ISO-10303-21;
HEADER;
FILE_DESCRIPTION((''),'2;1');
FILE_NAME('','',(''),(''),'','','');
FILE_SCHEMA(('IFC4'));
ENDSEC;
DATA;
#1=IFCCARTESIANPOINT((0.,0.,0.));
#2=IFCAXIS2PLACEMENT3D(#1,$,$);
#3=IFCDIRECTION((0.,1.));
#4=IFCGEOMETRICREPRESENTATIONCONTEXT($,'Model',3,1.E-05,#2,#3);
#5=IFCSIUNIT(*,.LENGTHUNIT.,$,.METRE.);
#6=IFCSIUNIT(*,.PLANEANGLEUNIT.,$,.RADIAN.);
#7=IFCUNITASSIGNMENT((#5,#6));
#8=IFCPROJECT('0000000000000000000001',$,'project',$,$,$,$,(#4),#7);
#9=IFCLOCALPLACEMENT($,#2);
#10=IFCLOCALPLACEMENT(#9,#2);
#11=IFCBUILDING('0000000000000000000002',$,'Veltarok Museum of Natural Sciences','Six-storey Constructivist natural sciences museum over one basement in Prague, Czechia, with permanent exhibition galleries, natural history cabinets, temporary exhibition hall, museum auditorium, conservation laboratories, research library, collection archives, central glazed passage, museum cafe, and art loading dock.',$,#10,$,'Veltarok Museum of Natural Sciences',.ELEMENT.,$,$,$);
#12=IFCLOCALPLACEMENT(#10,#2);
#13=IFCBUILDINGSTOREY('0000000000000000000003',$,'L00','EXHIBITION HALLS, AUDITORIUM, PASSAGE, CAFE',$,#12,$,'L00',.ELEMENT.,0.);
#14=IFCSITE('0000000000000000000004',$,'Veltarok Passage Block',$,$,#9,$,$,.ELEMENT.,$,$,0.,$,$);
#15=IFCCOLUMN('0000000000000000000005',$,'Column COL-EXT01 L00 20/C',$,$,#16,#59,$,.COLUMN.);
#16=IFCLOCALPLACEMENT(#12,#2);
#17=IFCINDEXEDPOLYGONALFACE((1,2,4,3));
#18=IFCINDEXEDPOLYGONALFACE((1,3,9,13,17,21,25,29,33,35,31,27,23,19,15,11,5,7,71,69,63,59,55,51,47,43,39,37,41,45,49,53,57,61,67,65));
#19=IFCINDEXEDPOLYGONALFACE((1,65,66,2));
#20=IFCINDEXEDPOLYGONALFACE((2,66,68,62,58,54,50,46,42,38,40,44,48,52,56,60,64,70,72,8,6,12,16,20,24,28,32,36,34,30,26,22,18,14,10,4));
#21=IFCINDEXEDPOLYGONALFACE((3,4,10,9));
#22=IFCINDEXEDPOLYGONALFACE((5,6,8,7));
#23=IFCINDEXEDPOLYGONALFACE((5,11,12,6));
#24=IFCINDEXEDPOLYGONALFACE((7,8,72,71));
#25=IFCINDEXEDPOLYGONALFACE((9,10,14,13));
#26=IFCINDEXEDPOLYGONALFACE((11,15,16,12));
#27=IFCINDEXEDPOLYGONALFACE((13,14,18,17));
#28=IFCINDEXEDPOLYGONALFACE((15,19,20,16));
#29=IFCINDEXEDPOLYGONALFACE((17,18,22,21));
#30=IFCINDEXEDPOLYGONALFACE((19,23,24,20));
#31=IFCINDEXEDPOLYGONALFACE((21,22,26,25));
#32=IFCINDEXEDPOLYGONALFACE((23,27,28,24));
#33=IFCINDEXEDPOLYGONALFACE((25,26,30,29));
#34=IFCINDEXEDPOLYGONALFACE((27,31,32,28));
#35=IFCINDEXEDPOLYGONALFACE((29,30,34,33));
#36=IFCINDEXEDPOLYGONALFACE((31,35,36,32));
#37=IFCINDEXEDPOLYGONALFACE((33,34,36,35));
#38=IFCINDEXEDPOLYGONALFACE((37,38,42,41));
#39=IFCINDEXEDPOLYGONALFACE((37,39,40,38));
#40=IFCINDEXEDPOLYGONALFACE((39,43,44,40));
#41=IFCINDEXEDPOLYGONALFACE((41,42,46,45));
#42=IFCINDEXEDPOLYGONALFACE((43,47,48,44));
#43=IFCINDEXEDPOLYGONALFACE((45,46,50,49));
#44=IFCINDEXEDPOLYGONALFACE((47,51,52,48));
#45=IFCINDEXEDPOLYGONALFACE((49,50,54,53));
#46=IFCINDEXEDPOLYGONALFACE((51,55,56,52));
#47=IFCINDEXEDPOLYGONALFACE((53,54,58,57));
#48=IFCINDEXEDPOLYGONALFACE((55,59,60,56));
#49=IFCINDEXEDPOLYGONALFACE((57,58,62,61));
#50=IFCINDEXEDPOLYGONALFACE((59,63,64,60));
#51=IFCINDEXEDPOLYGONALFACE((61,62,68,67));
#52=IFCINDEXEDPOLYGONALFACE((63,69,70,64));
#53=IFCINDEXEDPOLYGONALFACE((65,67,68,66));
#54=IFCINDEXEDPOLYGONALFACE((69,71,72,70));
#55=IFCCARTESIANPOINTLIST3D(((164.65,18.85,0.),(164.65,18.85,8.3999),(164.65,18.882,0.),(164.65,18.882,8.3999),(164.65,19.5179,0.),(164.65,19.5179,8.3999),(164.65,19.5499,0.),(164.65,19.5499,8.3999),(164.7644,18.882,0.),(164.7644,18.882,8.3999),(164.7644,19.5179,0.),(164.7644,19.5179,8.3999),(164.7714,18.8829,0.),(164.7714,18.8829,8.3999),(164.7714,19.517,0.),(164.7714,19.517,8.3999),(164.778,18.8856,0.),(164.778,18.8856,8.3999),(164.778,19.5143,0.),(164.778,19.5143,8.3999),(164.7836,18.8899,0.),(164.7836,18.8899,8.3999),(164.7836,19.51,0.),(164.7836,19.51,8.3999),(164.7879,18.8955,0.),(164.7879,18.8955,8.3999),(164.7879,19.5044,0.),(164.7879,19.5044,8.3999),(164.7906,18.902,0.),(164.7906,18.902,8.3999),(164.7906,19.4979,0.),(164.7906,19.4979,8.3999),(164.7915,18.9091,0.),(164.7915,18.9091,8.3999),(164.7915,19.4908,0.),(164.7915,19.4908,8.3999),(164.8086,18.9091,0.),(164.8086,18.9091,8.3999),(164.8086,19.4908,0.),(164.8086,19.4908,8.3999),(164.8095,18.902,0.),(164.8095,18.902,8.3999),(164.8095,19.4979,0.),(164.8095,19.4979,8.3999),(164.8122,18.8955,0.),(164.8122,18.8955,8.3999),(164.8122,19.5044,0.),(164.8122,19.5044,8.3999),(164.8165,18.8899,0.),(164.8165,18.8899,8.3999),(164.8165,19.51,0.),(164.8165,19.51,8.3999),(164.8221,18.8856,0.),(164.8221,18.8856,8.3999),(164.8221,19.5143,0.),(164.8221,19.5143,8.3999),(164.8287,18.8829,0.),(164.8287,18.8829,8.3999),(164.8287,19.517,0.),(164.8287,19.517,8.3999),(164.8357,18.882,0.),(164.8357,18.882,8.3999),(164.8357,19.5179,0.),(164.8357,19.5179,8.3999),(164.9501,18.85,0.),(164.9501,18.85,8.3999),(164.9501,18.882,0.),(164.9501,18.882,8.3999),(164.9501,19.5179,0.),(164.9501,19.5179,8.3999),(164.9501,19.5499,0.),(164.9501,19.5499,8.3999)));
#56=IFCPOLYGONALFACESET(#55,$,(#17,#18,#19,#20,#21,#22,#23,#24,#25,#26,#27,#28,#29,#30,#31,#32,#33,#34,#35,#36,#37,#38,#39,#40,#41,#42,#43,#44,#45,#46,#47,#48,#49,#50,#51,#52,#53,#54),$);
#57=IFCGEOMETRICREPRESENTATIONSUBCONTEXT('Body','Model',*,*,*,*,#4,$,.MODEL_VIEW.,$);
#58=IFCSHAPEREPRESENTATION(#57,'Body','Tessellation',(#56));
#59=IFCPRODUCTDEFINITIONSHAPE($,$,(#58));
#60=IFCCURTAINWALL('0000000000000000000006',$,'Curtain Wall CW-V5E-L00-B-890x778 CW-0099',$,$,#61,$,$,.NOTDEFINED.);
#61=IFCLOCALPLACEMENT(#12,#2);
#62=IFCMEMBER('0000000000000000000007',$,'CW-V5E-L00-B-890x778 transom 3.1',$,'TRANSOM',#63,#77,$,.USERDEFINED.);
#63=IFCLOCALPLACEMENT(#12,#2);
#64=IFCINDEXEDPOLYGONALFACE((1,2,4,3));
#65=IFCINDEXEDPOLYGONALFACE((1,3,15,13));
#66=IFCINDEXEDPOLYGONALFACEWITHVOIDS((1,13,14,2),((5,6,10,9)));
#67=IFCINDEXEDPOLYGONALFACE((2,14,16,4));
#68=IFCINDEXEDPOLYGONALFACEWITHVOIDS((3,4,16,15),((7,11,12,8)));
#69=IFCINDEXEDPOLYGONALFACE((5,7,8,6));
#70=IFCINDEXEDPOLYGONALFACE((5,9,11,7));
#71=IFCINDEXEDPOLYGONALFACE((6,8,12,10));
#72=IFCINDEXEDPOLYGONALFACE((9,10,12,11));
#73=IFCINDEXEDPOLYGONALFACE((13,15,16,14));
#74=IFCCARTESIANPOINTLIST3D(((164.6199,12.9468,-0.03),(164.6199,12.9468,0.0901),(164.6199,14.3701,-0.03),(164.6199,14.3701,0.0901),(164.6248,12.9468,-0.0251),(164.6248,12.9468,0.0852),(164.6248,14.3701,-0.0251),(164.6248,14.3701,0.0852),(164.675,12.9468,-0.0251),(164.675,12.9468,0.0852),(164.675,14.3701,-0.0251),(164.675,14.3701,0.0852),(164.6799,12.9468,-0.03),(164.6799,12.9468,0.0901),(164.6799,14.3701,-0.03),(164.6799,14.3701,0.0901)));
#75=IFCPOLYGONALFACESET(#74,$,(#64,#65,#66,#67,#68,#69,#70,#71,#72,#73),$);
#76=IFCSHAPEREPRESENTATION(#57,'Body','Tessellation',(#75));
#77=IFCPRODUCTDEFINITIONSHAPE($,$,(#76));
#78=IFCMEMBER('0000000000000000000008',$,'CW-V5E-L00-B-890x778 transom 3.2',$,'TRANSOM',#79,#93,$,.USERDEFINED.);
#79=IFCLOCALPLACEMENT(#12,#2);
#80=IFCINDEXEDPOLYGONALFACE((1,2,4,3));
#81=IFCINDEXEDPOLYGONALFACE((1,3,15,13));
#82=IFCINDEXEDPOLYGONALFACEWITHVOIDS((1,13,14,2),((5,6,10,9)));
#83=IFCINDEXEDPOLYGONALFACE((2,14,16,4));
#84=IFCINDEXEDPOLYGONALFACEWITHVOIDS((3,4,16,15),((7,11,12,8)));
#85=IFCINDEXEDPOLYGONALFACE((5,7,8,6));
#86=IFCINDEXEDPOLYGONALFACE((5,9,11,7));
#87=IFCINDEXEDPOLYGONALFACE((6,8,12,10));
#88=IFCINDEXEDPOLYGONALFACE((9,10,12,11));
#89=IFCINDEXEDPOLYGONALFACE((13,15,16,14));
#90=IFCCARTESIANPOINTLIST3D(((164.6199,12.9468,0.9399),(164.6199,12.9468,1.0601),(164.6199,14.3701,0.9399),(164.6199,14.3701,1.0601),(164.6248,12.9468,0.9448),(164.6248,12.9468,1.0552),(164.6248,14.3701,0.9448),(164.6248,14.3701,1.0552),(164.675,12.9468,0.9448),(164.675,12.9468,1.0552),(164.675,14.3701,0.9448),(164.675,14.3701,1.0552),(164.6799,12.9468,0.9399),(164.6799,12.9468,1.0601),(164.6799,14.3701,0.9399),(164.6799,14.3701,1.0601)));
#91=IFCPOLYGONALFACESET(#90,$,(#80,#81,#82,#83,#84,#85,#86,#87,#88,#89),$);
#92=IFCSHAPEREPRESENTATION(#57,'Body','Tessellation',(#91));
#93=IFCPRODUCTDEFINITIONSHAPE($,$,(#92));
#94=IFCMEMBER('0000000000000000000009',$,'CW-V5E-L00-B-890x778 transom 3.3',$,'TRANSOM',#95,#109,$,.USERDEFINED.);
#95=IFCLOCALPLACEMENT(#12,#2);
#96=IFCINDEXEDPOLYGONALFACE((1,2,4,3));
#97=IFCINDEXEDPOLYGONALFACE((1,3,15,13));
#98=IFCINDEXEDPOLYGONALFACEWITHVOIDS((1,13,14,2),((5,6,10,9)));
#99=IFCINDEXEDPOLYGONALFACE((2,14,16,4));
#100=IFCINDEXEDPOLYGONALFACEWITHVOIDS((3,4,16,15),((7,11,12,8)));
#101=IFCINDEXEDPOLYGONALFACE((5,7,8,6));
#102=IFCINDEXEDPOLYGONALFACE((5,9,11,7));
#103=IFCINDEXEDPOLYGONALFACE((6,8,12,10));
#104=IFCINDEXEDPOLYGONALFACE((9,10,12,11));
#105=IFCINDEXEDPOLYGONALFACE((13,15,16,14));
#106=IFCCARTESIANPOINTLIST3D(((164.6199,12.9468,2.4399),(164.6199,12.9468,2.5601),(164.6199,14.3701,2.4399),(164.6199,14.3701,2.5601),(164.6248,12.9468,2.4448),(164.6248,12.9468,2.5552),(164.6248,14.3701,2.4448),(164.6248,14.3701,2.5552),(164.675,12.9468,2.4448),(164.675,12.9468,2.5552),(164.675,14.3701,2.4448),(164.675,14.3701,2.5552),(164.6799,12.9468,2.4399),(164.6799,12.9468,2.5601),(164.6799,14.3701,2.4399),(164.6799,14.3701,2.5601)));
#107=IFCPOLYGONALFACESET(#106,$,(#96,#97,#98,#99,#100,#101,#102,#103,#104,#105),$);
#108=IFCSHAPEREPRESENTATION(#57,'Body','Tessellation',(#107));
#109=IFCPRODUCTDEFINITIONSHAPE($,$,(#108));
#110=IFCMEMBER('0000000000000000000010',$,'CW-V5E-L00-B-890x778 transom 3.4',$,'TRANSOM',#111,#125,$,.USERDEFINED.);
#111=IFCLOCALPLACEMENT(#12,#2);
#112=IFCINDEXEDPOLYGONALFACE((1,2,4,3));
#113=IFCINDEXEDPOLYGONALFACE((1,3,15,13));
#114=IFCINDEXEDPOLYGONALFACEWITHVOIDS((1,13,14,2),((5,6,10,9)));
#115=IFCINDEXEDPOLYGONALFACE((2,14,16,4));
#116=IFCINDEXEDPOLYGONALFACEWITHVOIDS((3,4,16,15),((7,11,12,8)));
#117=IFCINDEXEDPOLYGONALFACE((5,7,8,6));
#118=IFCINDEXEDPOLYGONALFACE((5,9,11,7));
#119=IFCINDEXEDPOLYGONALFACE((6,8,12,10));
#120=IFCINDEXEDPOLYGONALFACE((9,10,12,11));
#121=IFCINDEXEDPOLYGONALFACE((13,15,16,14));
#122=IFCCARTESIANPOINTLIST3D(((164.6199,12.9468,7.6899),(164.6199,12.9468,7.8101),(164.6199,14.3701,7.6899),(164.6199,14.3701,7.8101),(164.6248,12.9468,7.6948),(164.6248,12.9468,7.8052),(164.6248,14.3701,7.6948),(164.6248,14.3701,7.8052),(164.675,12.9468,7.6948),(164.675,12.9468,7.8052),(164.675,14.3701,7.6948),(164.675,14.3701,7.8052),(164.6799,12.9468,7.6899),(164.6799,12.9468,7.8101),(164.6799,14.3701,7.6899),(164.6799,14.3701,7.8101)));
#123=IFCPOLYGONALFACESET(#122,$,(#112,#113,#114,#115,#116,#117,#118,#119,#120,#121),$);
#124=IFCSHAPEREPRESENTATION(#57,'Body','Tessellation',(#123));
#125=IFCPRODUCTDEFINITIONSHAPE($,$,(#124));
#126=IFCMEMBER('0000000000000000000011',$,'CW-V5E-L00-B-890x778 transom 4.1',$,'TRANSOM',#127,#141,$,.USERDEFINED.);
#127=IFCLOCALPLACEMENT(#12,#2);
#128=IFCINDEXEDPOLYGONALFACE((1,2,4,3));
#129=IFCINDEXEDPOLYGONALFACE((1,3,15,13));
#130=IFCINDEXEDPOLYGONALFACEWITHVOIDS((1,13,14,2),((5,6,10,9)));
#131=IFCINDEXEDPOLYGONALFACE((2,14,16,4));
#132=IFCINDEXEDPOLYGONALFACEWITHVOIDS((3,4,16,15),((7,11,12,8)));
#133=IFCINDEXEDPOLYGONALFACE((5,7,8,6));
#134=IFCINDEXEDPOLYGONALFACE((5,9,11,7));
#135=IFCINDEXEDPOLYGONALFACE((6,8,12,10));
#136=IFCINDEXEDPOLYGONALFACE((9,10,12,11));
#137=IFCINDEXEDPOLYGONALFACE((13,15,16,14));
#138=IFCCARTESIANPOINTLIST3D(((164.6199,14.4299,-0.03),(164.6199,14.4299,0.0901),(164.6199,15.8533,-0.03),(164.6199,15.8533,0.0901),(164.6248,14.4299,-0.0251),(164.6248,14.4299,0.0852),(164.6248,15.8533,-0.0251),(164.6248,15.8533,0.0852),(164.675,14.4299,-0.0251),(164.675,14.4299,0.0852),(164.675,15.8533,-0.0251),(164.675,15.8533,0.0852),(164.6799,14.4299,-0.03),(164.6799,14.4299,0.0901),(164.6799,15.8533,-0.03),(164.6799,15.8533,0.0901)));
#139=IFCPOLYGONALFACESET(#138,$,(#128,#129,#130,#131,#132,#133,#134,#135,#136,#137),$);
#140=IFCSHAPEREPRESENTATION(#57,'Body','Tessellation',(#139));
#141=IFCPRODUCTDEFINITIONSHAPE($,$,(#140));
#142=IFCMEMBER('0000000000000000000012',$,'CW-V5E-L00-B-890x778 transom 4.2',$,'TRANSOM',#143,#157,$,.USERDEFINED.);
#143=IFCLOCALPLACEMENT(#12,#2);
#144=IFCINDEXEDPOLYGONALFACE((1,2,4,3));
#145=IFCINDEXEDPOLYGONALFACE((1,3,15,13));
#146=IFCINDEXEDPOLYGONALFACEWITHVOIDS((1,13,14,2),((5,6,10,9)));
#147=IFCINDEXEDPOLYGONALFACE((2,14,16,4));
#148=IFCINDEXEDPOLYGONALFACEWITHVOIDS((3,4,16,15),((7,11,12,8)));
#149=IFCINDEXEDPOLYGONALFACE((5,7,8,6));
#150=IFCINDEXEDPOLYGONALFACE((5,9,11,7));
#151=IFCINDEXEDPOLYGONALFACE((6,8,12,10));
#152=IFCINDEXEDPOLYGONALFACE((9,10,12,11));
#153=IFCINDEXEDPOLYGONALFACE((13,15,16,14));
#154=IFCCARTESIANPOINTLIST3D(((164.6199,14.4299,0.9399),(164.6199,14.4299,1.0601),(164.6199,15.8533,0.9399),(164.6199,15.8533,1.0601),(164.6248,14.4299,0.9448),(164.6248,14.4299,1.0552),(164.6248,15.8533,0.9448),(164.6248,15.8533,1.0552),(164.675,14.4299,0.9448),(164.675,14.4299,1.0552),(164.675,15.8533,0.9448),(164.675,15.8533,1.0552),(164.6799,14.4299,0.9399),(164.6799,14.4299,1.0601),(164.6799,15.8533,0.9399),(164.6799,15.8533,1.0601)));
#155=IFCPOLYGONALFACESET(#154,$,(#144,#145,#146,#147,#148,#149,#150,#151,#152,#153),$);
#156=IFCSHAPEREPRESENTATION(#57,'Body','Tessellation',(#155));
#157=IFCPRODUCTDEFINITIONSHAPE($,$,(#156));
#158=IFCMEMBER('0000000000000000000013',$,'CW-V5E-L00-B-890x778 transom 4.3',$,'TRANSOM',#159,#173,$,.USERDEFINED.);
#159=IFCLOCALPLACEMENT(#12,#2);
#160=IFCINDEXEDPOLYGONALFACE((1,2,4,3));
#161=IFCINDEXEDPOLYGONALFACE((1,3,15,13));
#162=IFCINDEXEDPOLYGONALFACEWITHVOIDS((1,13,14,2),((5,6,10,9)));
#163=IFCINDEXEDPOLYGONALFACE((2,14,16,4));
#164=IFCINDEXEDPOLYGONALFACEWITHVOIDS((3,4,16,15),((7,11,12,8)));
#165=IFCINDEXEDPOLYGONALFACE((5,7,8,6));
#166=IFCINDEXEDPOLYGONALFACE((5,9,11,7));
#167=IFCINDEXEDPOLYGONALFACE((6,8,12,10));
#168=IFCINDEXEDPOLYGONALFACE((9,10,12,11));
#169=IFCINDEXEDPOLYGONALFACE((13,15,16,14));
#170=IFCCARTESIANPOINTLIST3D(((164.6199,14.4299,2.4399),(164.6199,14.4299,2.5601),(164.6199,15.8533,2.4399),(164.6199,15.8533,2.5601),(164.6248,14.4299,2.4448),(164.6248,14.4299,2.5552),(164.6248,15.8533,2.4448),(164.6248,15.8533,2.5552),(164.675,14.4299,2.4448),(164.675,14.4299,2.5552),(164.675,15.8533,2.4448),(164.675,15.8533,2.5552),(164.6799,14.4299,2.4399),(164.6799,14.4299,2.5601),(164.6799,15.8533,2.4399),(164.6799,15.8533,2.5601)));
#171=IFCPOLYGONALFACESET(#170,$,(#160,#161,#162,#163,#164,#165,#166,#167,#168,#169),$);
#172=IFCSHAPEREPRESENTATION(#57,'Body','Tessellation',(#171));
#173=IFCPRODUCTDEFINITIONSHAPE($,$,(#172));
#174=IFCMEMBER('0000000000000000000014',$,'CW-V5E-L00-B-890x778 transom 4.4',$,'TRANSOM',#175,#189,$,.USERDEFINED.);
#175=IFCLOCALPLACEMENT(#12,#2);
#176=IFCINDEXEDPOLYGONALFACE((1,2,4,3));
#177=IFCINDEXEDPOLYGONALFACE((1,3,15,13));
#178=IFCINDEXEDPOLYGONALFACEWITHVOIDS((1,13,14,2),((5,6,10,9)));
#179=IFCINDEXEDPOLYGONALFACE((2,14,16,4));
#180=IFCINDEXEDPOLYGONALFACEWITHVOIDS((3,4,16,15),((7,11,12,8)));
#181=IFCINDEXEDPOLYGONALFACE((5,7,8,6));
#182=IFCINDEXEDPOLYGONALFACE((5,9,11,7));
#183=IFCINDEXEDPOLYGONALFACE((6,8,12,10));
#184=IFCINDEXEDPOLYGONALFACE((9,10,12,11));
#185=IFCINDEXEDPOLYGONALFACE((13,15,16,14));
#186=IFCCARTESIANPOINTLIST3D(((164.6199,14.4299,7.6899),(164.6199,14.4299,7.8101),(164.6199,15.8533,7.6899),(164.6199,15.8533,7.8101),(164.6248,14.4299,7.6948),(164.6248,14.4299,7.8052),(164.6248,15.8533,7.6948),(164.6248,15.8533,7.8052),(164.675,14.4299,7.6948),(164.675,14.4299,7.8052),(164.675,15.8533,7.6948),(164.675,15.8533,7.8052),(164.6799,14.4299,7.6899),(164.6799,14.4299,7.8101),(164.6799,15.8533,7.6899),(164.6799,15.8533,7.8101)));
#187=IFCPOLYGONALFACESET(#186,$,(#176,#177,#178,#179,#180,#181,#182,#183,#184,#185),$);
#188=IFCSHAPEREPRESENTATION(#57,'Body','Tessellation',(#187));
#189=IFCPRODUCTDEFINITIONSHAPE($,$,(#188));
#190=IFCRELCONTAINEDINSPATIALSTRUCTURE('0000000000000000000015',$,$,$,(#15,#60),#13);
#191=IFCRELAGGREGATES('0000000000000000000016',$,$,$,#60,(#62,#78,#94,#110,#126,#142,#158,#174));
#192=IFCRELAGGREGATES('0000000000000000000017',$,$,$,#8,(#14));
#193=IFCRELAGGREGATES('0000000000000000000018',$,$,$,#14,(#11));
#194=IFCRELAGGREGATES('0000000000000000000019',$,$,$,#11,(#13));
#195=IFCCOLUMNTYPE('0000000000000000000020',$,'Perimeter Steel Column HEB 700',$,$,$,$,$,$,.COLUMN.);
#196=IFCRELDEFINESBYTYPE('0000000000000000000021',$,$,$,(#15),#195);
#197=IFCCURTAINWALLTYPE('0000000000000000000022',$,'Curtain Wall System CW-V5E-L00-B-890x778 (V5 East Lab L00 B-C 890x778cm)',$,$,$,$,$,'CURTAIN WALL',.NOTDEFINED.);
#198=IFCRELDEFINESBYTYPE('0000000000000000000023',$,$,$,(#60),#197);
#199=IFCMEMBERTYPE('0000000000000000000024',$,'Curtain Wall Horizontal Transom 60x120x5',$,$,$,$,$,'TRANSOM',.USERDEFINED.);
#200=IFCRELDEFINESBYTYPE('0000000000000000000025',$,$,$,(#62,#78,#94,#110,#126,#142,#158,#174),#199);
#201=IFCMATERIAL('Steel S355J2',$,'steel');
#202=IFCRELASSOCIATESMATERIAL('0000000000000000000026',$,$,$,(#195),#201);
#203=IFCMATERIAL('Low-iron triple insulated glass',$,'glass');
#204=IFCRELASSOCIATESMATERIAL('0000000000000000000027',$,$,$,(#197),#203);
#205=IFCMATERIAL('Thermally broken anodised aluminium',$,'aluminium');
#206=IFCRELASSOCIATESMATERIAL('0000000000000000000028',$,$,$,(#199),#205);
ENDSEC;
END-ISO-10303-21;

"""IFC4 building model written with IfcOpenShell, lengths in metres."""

from ifc_helpers import new_model, si_unit, direction, frame, origin, origin_2d, place, context, subcontext, project, spatial, hollow_rectangle, i_section, extrude, material, material_profile, profile_set, type_object, element, aggregate, save


model = new_model("IFC4")

# Units and contexts
model_context = context("Model", 3, precision=1e-05, world=origin(), true_north=direction((0.0, 1.0)))
body_context = subcontext(model_context, "Body", "Model", "MODEL_VIEW")
ifc_project = project(units=[si_unit("LENGTHUNIT", "METRE"), si_unit("PLANEANGLEUNIT", "RADIAN")], contexts=[model_context])

# Site, building, storey
site_placement = place(None, origin())
site = spatial("IfcSite", under=ifc_project, at=site_placement, Name="Veltarok Passage Block", CompositionType="ELEMENT", RefElevation=0.0)
building_placement = place(site_placement, origin())
building = spatial("IfcBuilding", under=site, at=building_placement, Name="Veltarok Museum of Natural Sciences", Description="Six-storey Constructivist natural sciences museum over one basement in Prague, Czechia, with permanent exhibition galleries, natural history cabinets, temporary exhibition hall, museum auditorium, conservation laboratories, research library, collection archives, central glazed passage, museum cafe, and art loading dock.", LongName="Veltarok Museum of Natural Sciences", CompositionType="ELEMENT")
storey_placement = place(building_placement, origin())
storey = spatial("IfcBuildingStorey", under=building, at=storey_placement, Name="L00", Description="EXHIBITION HALLS, AUDITORIUM, PASSAGE, CAFE", LongName="L00", CompositionType="ELEMENT", Elevation=0.0)

# Column
ifc_material_1 = material(Name="Steel S355J2", Category="steel")
ifc_material_profile_1 = material_profile(ifc_material_1, i_section(OverallWidth=0.3, OverallDepth=0.7, WebThickness=0.0171, FlangeThickness=0.032, FilletRadius=0.0271, at=origin_2d()), Name="HEB 700")
ifc_profile_set_1 = profile_set([ifc_material_profile_1], Name="Steel S355J2")
column_type = type_object("IfcColumnType", Name="Perimeter Steel Column HEB 700", PredefinedType="COLUMN", material=ifc_profile_set_1)
column_placement = place(storey_placement, frame((164.8, 19.2, 0.0), z_axis=(0.0, 0.0, 1.0), x_axis=(1.0, 0.0, 0.0)))
element("IfcColumn", 1, at=column_placement, inside=storey, type_object=column_type, Name="Column COL-EXT01 L00 20/C", PredefinedType="COLUMN", context=body_context, shape_type="SweptSolid", body=[
    extrude(i_section(OverallWidth=0.3, OverallDepth=0.7, WebThickness=0.0171, FlangeThickness=0.032, FilletRadius=0.0271, at=origin_2d()), origin(), (0.0, 0.0, 1.0), 8.3999),
])

# Curtain wall, members
ifc_material_2 = material(Name="Low-iron triple insulated glass", Category="glass")
curtain_wall_type = type_object("IfcCurtainWallType", Name="Curtain Wall System CW-V5E-L00-B-890x778 (V5 East Lab L00 B-C 890x778cm)", ElementType="CURTAIN WALL", PredefinedType="NOTDEFINED", material=ifc_material_2)
curtain_wall_placement = place(storey_placement, origin())
curtain_wall = element("IfcCurtainWall", 2, at=curtain_wall_placement, inside=storey, type_object=curtain_wall_type, Name="Curtain Wall CW-V5E-L00-B-890x778 CW-0099", PredefinedType="NOTDEFINED")
ifc_material_3 = material(Name="Thermally broken anodised aluminium", Category="aluminium")
ifc_material_profile_2 = material_profile(ifc_material_3, hollow_rectangle(XDim=0.0601, YDim=0.1201, WallThickness=0.0049, at=origin_2d()), Name="CW TRANSOM 60x120x5")
ifc_profile_set_2 = profile_set([ifc_material_profile_2], Name="Thermally broken anodised aluminium")
member_type_1 = type_object("IfcMemberType", Name="Curtain Wall Horizontal Transom 60x120x5", ElementType="TRANSOM", PredefinedType="USERDEFINED", material=ifc_profile_set_2)
member_1_placement = place(storey_placement, frame((164.6499, 12.9468, 0.03), z_axis=(0.0, 1.0, 0.0), x_axis=(-1.0, 0.0, 0.0)))
member_1 = element("IfcMember", 3, at=member_1_placement, type_object=member_type_1, Name="CW-V5E-L00-B-890x778 transom 3.1", ObjectType="TRANSOM", PredefinedType="USERDEFINED", context=body_context, shape_type="SweptSolid", body=[
    extrude(hollow_rectangle(XDim=0.0601, YDim=0.1201, WallThickness=0.0049, at=origin_2d()), origin(), (0.0, 0.0, 1.0), 1.4233),
])
member_2_placement = place(storey_placement, frame((164.6499, 12.9468, 1.0), z_axis=(0.0, 1.0, 0.0), x_axis=(-1.0, 0.0, 0.0)))
member_2 = element("IfcMember", 4, at=member_2_placement, type_object=member_type_1, Name="CW-V5E-L00-B-890x778 transom 3.2", ObjectType="TRANSOM", PredefinedType="USERDEFINED", context=body_context, shape_type="SweptSolid", body=[
    extrude(hollow_rectangle(XDim=0.0601, YDim=0.1201, WallThickness=0.0049, at=origin_2d()), origin(), (0.0, 0.0, 1.0), 1.4233),
])
member_3_placement = place(storey_placement, frame((164.6499, 12.9468, 2.5), z_axis=(0.0, 1.0, 0.0), x_axis=(-1.0, 0.0, 0.0)))
member_3 = element("IfcMember", 5, at=member_3_placement, type_object=member_type_1, Name="CW-V5E-L00-B-890x778 transom 3.3", ObjectType="TRANSOM", PredefinedType="USERDEFINED", context=body_context, shape_type="SweptSolid", body=[
    extrude(hollow_rectangle(XDim=0.0601, YDim=0.1201, WallThickness=0.0049, at=origin_2d()), origin(), (0.0, 0.0, 1.0), 1.4233),
])
member_4_placement = place(storey_placement, frame((164.6499, 12.9468, 7.75), z_axis=(0.0, 1.0, 0.0), x_axis=(-1.0, 0.0, 0.0)))
member_4 = element("IfcMember", 6, at=member_4_placement, type_object=member_type_1, Name="CW-V5E-L00-B-890x778 transom 3.4", ObjectType="TRANSOM", PredefinedType="USERDEFINED", context=body_context, shape_type="SweptSolid", body=[
    extrude(hollow_rectangle(XDim=0.0601, YDim=0.1201, WallThickness=0.0049, at=origin_2d()), origin(), (0.0, 0.0, 1.0), 1.4233),
])
member_5_placement = place(storey_placement, frame((164.6499, 14.4299, 0.03), z_axis=(0.0, 1.0, 0.0), x_axis=(-1.0, 0.0, 0.0)))
member_5 = element("IfcMember", 7, at=member_5_placement, type_object=member_type_1, Name="CW-V5E-L00-B-890x778 transom 4.1", ObjectType="TRANSOM", PredefinedType="USERDEFINED", context=body_context, shape_type="SweptSolid", body=[
    extrude(hollow_rectangle(XDim=0.0601, YDim=0.1201, WallThickness=0.0049, at=origin_2d()), origin(), (0.0, 0.0, 1.0), 1.4233),
])
member_6_placement = place(storey_placement, frame((164.6499, 14.4299, 1.0), z_axis=(0.0, 1.0, 0.0), x_axis=(-1.0, 0.0, 0.0)))
member_6 = element("IfcMember", 8, at=member_6_placement, type_object=member_type_1, Name="CW-V5E-L00-B-890x778 transom 4.2", ObjectType="TRANSOM", PredefinedType="USERDEFINED", context=body_context, shape_type="SweptSolid", body=[
    extrude(hollow_rectangle(XDim=0.0601, YDim=0.1201, WallThickness=0.0049, at=origin_2d()), origin(), (0.0, 0.0, 1.0), 1.4233),
])
member_7_placement = place(storey_placement, frame((164.6499, 14.4299, 2.5), z_axis=(0.0, 1.0, 0.0), x_axis=(-1.0, 0.0, 0.0)))
member_7 = element("IfcMember", 9, at=member_7_placement, type_object=member_type_1, Name="CW-V5E-L00-B-890x778 transom 4.3", ObjectType="TRANSOM", PredefinedType="USERDEFINED", context=body_context, shape_type="SweptSolid", body=[
    extrude(hollow_rectangle(XDim=0.0601, YDim=0.1201, WallThickness=0.0049, at=origin_2d()), origin(), (0.0, 0.0, 1.0), 1.4233),
])
member_8_placement = place(storey_placement, frame((164.6499, 14.4299, 7.75), z_axis=(0.0, 1.0, 0.0), x_axis=(-1.0, 0.0, 0.0)))
member_8 = element("IfcMember", 10, at=member_8_placement, type_object=member_type_1, Name="CW-V5E-L00-B-890x778 transom 4.4", ObjectType="TRANSOM", PredefinedType="USERDEFINED", context=body_context, shape_type="SweptSolid", body=[
    extrude(hollow_rectangle(XDim=0.0601, YDim=0.1201, WallThickness=0.0049, at=origin_2d()), origin(), (0.0, 0.0, 1.0), 1.4233),
])
aggregate(curtain_wall, [member_1, member_2, member_3, member_4, member_5, member_6, member_7, member_8])

save(model, "model.ifc")
